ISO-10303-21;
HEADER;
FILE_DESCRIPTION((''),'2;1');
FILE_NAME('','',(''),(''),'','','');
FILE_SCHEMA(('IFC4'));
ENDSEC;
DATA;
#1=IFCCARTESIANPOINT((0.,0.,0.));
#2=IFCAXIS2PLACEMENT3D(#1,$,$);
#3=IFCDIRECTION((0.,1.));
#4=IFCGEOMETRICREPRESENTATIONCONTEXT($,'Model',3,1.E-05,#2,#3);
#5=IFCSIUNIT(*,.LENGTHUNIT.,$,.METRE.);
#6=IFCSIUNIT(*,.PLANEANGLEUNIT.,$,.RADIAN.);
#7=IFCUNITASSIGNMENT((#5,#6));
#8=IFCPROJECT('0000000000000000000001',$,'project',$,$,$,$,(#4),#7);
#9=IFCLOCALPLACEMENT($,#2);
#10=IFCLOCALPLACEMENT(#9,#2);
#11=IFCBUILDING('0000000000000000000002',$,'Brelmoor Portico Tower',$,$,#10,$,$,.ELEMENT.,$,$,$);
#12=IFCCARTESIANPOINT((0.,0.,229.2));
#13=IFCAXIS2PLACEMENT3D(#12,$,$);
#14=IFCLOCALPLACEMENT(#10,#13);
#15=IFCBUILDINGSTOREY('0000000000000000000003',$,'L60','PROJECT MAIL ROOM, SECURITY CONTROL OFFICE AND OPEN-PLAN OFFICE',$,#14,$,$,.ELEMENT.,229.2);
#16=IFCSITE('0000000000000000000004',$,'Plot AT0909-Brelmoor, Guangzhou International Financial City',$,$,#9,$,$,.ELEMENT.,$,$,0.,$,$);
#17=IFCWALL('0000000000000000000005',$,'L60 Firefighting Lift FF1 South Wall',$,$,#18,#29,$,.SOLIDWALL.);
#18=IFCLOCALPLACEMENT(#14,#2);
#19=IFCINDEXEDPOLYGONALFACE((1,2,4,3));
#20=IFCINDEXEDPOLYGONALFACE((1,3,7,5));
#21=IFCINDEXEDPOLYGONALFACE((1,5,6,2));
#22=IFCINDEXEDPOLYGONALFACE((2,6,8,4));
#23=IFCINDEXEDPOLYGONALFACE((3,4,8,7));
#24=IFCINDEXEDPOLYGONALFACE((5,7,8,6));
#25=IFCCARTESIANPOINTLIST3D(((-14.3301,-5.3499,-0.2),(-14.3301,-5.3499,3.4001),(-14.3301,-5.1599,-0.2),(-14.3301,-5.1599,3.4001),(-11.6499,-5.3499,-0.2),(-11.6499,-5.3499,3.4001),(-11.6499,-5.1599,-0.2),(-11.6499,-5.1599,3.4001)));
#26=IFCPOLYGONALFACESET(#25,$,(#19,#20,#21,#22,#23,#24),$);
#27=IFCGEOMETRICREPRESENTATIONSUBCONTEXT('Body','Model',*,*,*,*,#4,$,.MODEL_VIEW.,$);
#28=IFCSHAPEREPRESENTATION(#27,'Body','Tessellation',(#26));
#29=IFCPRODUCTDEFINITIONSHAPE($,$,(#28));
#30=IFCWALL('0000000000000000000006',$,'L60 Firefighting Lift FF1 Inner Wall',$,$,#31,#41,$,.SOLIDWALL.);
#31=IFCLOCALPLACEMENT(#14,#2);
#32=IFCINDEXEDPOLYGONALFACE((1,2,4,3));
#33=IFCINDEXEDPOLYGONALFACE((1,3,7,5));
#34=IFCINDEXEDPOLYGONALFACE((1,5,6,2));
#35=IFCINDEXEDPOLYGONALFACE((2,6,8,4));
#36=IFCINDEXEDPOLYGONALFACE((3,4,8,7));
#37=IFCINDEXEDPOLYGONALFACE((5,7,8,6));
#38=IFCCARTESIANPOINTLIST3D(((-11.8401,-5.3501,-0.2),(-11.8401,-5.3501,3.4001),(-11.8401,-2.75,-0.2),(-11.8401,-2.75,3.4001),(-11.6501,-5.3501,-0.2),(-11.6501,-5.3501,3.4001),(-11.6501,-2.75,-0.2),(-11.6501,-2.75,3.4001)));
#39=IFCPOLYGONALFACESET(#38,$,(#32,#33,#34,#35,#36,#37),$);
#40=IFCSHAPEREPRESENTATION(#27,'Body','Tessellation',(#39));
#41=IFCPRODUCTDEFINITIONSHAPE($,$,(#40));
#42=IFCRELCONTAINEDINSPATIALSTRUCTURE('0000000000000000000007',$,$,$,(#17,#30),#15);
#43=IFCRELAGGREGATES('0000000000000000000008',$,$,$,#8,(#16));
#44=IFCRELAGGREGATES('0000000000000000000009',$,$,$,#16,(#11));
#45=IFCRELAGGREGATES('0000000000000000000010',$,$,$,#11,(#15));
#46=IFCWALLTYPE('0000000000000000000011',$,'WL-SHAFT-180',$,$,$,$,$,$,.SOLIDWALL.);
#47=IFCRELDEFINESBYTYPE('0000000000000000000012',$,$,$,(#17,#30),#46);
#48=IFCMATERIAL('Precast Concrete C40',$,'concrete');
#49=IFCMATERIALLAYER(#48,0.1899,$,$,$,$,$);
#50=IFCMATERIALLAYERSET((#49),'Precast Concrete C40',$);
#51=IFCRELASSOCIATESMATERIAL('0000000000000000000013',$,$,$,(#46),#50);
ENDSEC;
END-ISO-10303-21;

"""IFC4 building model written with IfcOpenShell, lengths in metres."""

from ifc_helpers import new_model, si_unit, direction, frame, frame_2d, origin, place, context, subcontext, project, spatial, rectangle, extrude, material, layer, layer_set, type_object, element, save


model = new_model("IFC4")

# Units and contexts
model_context = context("Model", 3, precision=1e-05, world=origin(), true_north=direction((0.0, 1.0)))
body_context = subcontext(model_context, "Body", "Model", "MODEL_VIEW")
ifc_project = project(units=[si_unit("LENGTHUNIT", "METRE"), si_unit("PLANEANGLEUNIT", "RADIAN")], contexts=[model_context])

# Site, building, storey
site_placement = place(None, origin())
site = spatial("IfcSite", under=ifc_project, at=site_placement, Name="Plot AT0909-Brelmoor, Guangzhou International Financial City", CompositionType="ELEMENT", RefElevation=0.0)
building_placement = place(site_placement, origin())
building = spatial("IfcBuilding", under=site, at=building_placement, Name="Brelmoor Portico Tower", CompositionType="ELEMENT")
storey_placement = place(building_placement, frame((0.0, 0.0, 229.2)))
storey = spatial("IfcBuildingStorey", under=building, at=storey_placement, Name="L60", Description="PROJECT MAIL ROOM, SECURITY CONTROL OFFICE AND OPEN-PLAN OFFICE", CompositionType="ELEMENT", Elevation=229.2)

# Shared definitions
ifc_material_1 = material(Name="Precast Concrete C40", Category="concrete")
ifc_layer_1 = layer(ifc_material_1, 0.1899)
ifc_layer_set_1 = layer_set([ifc_layer_1], Name="Precast Concrete C40")
wall_type_1 = type_object("IfcWallType", Name="WL-SHAFT-180", PredefinedType="SOLIDWALL", material=ifc_layer_set_1)

# Walls
wall_1_placement = place(storey_placement, frame((-14.3301, -5.2549, -0.2), z_axis=(0.0, 0.0, 1.0), x_axis=(1.0, 0.0, 0.0)))
element("IfcWall", 1, at=wall_1_placement, inside=storey, type_object=wall_type_1, Name="L60 Firefighting Lift FF1 South Wall", PredefinedType="SOLIDWALL", context=body_context, shape_type="SweptSolid", body=[
    extrude(rectangle(XDim=2.6802, YDim=0.1899, at=frame_2d((1.3401, 0.0))), origin(), (0.0, 0.0, 1.0), 3.6001),
])
wall_2_placement = place(storey_placement, frame((-11.7451, -5.3501, -0.2), z_axis=(0.0, 0.0, 1.0), x_axis=(0.0, 1.0, 0.0)))
element("IfcWall", 2, at=wall_2_placement, inside=storey, type_object=wall_type_1, Name="L60 Firefighting Lift FF1 Inner Wall", PredefinedType="SOLIDWALL", context=body_context, shape_type="SweptSolid", body=[
    extrude(rectangle(XDim=2.6001, YDim=0.1899, at=frame_2d((1.3, 0.0))), origin(), (0.0, 0.0, 1.0), 3.6001),
])

save(model, "model.ifc")
